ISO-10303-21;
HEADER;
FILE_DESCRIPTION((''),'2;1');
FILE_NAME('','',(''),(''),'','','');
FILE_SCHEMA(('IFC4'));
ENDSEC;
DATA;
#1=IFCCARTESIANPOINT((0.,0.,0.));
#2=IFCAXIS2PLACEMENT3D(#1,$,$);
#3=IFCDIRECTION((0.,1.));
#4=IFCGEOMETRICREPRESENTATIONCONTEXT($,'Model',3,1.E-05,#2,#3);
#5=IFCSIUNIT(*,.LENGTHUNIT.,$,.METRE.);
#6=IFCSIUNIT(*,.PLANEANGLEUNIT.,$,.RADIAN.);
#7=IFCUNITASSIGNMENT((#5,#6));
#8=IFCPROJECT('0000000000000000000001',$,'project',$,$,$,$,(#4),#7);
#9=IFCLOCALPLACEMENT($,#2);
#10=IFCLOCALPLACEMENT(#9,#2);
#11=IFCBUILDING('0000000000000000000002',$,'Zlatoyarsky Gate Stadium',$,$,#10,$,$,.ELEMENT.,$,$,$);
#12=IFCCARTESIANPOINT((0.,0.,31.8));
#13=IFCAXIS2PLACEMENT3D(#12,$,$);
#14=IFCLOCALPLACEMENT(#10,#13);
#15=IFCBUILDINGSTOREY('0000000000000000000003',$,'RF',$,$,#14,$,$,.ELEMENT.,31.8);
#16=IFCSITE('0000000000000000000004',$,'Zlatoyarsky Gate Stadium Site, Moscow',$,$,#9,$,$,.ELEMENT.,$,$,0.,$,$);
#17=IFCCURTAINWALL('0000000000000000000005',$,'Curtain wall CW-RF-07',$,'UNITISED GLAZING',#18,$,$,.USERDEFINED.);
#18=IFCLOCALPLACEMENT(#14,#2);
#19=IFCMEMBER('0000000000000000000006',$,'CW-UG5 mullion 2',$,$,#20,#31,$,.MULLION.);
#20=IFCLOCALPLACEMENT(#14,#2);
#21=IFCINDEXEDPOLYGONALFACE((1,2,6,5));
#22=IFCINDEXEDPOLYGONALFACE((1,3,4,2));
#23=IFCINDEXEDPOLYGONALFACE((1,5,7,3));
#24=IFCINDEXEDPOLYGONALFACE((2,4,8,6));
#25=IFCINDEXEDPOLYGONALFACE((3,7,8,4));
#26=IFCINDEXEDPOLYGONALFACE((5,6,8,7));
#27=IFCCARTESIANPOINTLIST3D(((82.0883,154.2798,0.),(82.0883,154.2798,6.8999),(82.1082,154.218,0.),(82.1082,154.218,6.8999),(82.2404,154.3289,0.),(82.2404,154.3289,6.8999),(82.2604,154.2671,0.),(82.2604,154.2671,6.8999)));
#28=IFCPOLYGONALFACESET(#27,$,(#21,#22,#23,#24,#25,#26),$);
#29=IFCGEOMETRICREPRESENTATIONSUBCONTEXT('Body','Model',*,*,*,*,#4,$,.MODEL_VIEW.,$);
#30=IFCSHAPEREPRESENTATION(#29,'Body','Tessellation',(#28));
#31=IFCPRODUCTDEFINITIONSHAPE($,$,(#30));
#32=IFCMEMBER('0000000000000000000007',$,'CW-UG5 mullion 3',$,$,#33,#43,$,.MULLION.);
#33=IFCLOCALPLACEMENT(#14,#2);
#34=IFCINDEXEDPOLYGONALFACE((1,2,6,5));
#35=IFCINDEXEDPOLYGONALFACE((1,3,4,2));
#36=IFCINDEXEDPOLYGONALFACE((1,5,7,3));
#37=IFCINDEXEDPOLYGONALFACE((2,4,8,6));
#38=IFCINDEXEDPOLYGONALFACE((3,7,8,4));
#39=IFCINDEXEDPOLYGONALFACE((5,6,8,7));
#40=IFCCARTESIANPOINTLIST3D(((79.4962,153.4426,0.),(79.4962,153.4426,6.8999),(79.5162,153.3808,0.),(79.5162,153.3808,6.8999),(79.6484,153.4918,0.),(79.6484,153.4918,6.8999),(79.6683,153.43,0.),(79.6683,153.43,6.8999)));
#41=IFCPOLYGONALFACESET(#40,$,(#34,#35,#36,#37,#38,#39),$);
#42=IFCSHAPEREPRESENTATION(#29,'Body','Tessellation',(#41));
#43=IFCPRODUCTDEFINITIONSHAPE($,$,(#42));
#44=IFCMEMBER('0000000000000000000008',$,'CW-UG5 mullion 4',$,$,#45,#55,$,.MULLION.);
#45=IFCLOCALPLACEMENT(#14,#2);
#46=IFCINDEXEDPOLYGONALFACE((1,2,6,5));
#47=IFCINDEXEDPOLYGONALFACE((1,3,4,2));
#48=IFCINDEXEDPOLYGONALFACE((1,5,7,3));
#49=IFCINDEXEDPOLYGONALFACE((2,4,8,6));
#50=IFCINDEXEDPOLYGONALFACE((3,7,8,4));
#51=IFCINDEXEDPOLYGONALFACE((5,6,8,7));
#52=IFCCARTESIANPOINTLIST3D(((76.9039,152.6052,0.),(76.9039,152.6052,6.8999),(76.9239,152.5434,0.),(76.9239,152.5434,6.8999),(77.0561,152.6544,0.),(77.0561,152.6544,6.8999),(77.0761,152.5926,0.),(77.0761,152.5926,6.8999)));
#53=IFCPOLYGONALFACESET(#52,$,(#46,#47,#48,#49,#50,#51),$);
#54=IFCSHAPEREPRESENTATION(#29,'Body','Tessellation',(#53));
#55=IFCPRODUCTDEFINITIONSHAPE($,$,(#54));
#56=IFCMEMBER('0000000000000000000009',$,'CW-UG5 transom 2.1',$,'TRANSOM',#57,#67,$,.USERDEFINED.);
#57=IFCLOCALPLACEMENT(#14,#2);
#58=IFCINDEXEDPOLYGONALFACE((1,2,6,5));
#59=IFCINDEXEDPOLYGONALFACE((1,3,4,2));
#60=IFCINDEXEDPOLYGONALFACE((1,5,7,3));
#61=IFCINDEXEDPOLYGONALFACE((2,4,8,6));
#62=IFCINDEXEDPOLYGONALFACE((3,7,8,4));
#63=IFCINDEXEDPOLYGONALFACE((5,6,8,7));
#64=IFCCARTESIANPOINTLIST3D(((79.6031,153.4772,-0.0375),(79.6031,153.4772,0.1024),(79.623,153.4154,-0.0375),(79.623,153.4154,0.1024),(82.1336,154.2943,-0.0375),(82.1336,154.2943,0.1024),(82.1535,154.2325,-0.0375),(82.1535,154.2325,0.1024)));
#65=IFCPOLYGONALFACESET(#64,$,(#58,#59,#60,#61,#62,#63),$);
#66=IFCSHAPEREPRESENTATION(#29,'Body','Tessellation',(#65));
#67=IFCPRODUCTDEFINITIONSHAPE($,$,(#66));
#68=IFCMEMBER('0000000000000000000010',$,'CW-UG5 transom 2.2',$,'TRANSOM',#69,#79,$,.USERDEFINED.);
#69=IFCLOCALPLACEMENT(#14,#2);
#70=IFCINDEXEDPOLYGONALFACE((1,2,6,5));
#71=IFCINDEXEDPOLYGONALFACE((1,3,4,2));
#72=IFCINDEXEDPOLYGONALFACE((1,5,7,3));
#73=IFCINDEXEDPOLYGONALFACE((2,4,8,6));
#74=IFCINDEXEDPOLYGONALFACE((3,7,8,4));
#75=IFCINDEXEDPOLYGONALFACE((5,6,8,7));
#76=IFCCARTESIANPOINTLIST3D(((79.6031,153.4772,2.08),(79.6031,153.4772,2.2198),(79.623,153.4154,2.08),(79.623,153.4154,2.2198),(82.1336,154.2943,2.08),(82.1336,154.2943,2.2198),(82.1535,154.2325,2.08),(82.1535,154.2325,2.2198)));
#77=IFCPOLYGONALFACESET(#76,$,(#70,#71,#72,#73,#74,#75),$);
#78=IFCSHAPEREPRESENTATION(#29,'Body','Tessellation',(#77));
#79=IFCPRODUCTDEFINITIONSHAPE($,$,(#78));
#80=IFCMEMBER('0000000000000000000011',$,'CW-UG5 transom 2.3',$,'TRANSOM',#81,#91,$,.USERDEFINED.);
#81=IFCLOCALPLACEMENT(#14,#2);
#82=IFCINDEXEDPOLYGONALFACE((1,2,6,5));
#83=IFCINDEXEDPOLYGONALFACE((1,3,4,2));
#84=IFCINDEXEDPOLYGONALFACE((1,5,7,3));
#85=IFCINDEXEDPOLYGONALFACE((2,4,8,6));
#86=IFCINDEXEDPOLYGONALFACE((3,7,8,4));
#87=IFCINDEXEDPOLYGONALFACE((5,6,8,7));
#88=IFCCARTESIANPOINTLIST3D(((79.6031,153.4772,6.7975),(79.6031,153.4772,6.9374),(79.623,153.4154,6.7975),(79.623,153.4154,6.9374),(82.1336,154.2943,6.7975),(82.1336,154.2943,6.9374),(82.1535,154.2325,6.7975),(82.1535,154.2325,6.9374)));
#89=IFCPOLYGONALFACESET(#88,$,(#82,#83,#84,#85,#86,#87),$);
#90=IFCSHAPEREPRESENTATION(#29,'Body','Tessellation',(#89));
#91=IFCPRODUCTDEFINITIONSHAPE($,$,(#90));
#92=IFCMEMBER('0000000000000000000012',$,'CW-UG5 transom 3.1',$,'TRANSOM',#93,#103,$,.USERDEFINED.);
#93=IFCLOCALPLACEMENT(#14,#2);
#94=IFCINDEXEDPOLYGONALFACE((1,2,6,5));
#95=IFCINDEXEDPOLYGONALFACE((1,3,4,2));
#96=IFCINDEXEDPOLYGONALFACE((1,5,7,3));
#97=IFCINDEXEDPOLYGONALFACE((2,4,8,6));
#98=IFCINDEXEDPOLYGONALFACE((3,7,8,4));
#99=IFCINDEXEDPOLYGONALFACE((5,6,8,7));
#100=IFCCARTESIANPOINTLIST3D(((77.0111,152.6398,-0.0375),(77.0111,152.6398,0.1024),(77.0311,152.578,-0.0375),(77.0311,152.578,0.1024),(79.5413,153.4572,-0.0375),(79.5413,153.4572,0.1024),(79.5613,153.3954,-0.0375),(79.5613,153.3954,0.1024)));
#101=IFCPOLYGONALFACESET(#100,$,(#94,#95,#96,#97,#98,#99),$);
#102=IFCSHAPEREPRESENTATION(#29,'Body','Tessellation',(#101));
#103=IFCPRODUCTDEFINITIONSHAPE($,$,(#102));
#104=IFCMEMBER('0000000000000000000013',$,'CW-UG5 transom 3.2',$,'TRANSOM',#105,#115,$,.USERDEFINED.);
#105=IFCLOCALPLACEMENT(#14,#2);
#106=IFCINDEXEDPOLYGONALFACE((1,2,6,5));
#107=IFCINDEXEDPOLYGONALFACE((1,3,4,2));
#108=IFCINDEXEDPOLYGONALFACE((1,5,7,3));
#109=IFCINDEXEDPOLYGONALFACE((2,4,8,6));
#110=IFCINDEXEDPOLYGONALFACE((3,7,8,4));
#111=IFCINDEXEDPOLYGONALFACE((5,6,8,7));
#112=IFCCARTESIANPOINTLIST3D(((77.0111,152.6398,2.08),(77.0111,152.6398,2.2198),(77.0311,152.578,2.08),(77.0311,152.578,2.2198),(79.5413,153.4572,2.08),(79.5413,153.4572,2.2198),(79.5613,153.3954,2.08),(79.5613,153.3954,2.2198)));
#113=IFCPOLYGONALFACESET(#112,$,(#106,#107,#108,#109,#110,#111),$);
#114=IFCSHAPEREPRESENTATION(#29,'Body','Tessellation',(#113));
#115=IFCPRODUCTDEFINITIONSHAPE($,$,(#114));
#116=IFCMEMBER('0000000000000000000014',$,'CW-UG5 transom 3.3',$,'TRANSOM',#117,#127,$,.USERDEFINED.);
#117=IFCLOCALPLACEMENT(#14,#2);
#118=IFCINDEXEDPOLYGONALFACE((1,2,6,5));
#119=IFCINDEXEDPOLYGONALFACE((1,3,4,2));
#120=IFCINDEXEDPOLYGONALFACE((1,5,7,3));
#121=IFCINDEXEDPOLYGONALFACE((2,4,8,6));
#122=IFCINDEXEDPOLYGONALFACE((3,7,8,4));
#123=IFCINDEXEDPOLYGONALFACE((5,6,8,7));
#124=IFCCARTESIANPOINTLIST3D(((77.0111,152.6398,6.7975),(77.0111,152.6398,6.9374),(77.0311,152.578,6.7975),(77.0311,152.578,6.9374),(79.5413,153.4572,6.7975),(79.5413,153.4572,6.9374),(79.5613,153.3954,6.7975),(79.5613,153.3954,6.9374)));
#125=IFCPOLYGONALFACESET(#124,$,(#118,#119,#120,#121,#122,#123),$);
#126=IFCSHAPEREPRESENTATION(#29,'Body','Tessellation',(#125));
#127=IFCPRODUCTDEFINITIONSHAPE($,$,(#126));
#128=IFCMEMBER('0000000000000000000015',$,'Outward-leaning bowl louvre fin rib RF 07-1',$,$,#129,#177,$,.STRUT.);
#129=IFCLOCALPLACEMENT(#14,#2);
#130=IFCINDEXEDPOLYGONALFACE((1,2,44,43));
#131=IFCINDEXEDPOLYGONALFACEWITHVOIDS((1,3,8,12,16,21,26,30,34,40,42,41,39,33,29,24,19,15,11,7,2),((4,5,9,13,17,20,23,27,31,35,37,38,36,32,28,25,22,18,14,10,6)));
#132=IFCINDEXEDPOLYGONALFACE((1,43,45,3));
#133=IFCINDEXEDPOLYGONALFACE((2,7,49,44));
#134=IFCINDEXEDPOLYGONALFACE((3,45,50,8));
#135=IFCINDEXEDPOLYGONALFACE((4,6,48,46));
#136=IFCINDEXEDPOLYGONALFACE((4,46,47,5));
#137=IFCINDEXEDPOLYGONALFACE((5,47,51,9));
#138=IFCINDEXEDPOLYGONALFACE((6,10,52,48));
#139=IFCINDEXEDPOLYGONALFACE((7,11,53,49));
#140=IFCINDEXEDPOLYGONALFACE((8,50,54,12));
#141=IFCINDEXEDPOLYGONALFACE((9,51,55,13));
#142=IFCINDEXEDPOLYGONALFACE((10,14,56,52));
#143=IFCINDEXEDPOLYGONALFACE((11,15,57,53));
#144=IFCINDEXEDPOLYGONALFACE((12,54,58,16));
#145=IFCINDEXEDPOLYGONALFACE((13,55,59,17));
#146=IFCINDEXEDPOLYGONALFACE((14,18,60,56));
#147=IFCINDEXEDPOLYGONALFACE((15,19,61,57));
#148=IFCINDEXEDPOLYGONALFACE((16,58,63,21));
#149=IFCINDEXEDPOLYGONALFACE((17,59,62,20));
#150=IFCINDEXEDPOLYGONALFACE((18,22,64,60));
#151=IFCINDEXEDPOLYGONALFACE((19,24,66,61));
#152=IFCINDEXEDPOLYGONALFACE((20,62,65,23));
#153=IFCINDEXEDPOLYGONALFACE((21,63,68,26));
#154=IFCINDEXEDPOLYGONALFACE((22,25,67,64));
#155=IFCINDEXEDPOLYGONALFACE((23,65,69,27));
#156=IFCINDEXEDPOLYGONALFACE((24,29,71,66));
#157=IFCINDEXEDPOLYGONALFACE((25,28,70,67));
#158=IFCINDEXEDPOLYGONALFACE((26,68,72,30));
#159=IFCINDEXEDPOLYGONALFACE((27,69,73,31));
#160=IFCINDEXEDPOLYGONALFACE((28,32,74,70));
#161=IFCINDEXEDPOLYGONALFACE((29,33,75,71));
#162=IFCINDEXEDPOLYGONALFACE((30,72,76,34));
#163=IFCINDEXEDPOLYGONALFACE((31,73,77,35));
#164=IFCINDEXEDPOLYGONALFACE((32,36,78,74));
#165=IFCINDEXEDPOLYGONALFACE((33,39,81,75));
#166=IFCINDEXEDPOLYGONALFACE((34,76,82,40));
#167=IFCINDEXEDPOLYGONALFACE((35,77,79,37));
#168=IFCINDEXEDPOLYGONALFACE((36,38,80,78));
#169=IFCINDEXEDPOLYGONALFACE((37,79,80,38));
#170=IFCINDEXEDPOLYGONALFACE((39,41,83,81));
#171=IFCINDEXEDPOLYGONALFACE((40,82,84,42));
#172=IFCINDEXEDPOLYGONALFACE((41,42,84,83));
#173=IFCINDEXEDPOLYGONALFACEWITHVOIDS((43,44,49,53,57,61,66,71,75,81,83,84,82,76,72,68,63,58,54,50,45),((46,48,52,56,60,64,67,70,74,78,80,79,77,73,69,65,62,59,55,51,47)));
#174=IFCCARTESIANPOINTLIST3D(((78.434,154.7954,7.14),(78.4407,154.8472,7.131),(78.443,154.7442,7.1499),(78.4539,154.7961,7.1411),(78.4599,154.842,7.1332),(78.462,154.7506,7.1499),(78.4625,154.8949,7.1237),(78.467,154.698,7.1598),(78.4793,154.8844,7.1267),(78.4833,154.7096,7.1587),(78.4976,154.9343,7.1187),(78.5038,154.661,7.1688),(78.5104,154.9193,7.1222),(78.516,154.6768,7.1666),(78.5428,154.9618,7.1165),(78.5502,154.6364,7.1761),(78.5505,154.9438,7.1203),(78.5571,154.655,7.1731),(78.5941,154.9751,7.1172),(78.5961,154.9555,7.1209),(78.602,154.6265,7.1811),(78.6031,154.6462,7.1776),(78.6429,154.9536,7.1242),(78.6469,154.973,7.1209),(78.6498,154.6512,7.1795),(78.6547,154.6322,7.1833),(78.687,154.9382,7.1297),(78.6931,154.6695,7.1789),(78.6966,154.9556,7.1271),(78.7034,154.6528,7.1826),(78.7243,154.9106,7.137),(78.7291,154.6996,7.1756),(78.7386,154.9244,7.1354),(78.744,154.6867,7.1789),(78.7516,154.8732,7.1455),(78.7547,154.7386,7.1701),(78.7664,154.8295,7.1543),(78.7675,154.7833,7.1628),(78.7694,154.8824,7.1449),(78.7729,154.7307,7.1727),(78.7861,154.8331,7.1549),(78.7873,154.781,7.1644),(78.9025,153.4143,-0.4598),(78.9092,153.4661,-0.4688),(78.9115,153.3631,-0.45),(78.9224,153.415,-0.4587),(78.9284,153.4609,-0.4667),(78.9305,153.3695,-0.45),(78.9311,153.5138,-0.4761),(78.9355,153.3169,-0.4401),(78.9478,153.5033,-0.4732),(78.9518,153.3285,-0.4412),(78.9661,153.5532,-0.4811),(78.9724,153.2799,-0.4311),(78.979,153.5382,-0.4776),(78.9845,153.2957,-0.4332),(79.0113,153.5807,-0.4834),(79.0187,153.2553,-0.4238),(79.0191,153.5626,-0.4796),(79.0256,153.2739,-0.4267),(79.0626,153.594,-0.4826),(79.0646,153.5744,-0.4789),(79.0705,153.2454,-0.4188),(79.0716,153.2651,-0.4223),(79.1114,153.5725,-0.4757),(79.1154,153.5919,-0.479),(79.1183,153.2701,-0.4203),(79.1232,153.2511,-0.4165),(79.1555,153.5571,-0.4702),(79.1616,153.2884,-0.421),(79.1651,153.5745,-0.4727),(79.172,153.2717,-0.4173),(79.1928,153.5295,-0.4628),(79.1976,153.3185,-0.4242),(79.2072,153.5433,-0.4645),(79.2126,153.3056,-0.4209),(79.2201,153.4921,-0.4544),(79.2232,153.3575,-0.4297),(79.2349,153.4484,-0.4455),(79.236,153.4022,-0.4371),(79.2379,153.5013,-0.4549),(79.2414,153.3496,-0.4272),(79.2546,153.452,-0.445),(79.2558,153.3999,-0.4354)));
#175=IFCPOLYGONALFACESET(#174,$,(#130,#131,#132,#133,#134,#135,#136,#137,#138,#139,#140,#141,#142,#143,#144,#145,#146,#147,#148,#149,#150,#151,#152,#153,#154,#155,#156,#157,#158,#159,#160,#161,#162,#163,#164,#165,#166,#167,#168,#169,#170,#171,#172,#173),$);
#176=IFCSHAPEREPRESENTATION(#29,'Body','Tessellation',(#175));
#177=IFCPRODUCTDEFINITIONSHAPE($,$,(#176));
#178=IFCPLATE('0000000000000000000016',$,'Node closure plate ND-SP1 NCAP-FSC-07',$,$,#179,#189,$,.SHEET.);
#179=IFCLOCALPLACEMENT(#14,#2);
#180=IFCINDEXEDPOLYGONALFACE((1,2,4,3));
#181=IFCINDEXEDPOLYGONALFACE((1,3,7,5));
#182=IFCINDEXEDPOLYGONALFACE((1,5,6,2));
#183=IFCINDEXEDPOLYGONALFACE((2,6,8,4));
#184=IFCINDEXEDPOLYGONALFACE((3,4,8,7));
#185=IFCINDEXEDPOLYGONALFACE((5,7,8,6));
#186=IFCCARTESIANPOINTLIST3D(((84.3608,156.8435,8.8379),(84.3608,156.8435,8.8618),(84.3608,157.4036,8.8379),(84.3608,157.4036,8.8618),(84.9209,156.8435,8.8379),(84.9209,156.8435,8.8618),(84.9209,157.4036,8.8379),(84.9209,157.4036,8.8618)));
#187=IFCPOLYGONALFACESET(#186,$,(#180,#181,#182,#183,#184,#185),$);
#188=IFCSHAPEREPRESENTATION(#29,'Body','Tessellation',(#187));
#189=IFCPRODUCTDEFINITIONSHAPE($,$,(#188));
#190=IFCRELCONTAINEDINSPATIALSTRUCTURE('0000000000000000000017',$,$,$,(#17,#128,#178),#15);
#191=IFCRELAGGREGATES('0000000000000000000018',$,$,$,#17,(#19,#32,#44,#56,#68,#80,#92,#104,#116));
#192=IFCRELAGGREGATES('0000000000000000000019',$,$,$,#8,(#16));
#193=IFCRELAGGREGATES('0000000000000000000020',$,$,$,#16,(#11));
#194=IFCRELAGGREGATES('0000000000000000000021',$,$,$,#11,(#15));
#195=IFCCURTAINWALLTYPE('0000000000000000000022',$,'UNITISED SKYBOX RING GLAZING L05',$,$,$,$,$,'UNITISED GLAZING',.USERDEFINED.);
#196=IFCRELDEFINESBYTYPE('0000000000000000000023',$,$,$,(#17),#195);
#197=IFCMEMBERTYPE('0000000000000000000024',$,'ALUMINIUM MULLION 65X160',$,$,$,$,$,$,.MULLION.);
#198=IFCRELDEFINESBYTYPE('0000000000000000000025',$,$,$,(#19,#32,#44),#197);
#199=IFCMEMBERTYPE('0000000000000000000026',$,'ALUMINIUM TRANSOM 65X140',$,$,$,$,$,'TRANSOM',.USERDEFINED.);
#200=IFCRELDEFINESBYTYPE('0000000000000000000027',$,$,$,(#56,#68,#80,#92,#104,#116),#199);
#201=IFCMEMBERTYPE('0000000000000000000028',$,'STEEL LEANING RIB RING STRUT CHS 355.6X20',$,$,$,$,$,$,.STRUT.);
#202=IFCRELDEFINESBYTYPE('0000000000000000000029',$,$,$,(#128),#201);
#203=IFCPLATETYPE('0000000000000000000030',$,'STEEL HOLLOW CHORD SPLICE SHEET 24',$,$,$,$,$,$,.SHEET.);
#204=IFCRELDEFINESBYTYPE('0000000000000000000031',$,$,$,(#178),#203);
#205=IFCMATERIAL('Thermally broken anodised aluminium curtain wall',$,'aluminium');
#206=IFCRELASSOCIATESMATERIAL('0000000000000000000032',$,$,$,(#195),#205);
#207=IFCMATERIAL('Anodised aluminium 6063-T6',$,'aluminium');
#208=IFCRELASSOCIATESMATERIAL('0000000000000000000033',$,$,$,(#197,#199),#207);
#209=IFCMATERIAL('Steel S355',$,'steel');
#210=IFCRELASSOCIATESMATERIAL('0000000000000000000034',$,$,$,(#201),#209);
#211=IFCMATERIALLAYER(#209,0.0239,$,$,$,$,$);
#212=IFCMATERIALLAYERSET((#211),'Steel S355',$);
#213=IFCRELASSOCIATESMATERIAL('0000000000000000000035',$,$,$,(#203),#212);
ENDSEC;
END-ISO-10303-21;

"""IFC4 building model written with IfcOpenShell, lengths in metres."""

from ifc_helpers import new_model, si_unit, direction, frame, origin, origin_2d, place, context, subcontext, project, spatial, rectangle, hollow_circle, extrude, material, layer, layer_set, material_profile, profile_set, type_object, element, aggregate, save


model = new_model("IFC4")

# Units and contexts
model_context = context("Model", 3, precision=1e-05, world=origin(), true_north=direction((0.0, 1.0)))
body_context = subcontext(model_context, "Body", "Model", "MODEL_VIEW")
ifc_project = project(units=[si_unit("LENGTHUNIT", "METRE"), si_unit("PLANEANGLEUNIT", "RADIAN")], contexts=[model_context])

# Site, building, storey
site_placement = place(None, origin())
site = spatial("IfcSite", under=ifc_project, at=site_placement, Name="Zlatoyarsky Gate Stadium Site, Moscow", CompositionType="ELEMENT", RefElevation=0.0)
building_placement = place(site_placement, origin())
building = spatial("IfcBuilding", under=site, at=building_placement, Name="Zlatoyarsky Gate Stadium", CompositionType="ELEMENT")
storey_placement = place(building_placement, frame((0.0, 0.0, 31.8)))
storey = spatial("IfcBuildingStorey", under=building, at=storey_placement, Name="RF", CompositionType="ELEMENT", Elevation=31.8)

# Curtain wall, members
ifc_material_1 = material(Name="Thermally broken anodised aluminium curtain wall", Category="aluminium")
curtain_wall_type = type_object("IfcCurtainWallType", Name="UNITISED SKYBOX RING GLAZING L05", ElementType="UNITISED GLAZING", PredefinedType="USERDEFINED", material=ifc_material_1)
curtain_wall_placement = place(storey_placement, origin())
curtain_wall = element("IfcCurtainWall", 1, at=curtain_wall_placement, inside=storey, type_object=curtain_wall_type, Name="Curtain wall CW-RF-07", ObjectType="UNITISED GLAZING", PredefinedType="USERDEFINED")
ifc_material_2 = material(Name="Anodised aluminium 6063-T6", Category="aluminium")
ifc_material_profile_1 = material_profile(ifc_material_2, rectangle(XDim=0.0649, YDim=0.1599, at=origin_2d()), Name="ALU 65X160")
ifc_profile_set_1 = profile_set([ifc_material_profile_1], Name="Anodised aluminium 6063-T6")
member_type_1 = type_object("IfcMemberType", Name="ALUMINIUM MULLION 65X160", PredefinedType="MULLION", material=ifc_profile_set_1)
member_1_placement = place(storey_placement, frame((82.1743, 154.2734, 0.0), z_axis=(0.0, 0.0, 1.0), x_axis=(0.307352, -0.951596, 0.0)))
member_1 = element("IfcMember", 2, at=member_1_placement, type_object=member_type_1, Name="CW-UG5 mullion 2", PredefinedType="MULLION", context=body_context, shape_type="SweptSolid", body=[
    extrude(rectangle(XDim=0.0649, YDim=0.1599, at=origin_2d()), origin(), (0.0, 0.0, 1.0), 6.8999),
])
member_2_placement = place(storey_placement, frame((79.5823, 153.4363, 0.0), z_axis=(0.0, 0.0, 1.0), x_axis=(0.307352, -0.951596, 0.0)))
member_2 = element("IfcMember", 3, at=member_2_placement, type_object=member_type_1, Name="CW-UG5 mullion 3", PredefinedType="MULLION", context=body_context, shape_type="SweptSolid", body=[
    extrude(rectangle(XDim=0.0649, YDim=0.1599, at=origin_2d()), origin(), (0.0, 0.0, 1.0), 6.8999),
])
member_3_placement = place(storey_placement, frame((76.99, 152.5989, 0.0), z_axis=(0.0, 0.0, 1.0), x_axis=(0.307352, -0.951596, 0.0)))
member_3 = element("IfcMember", 4, at=member_3_placement, type_object=member_type_1, Name="CW-UG5 mullion 4", PredefinedType="MULLION", context=body_context, shape_type="SweptSolid", body=[
    extrude(rectangle(XDim=0.0649, YDim=0.1599, at=origin_2d()), origin(), (0.0, 0.0, 1.0), 6.8999),
])
ifc_material_profile_2 = material_profile(ifc_material_2, rectangle(XDim=0.0649, YDim=0.1399, at=origin_2d()), Name="ALU 65X140")
ifc_profile_set_2 = profile_set([ifc_material_profile_2], Name="Anodised aluminium 6063-T6")
member_type_2 = type_object("IfcMemberType", Name="ALUMINIUM TRANSOM 65X140", ElementType="TRANSOM", PredefinedType="USERDEFINED", material=ifc_profile_set_2)
member_4_placement = place(storey_placement, frame((82.1436, 154.2634, 0.0325), z_axis=(-0.951616, -0.30729, 0.0), x_axis=(0.30729, -0.951616, 0.0)))
member_4 = element("IfcMember", 5, at=member_4_placement, type_object=member_type_2, Name="CW-UG5 transom 2.1", ObjectType="TRANSOM", PredefinedType="USERDEFINED", context=body_context, shape_type="SweptSolid", body=[
    extrude(rectangle(XDim=0.0649, YDim=0.1399, at=origin_2d()), origin(), (0.0, 0.0, 1.0), 2.6592),
])
member_5_placement = place(storey_placement, frame((82.1436, 154.2634, 2.1499), z_axis=(-0.951616, -0.30729, 0.0), x_axis=(0.30729, -0.951616, 0.0)))
member_5 = element("IfcMember", 6, at=member_5_placement, type_object=member_type_2, Name="CW-UG5 transom 2.2", ObjectType="TRANSOM", PredefinedType="USERDEFINED", context=body_context, shape_type="SweptSolid", body=[
    extrude(rectangle(XDim=0.0649, YDim=0.1399, at=origin_2d()), origin(), (0.0, 0.0, 1.0), 2.6592),
])
member_6_placement = place(storey_placement, frame((82.1436, 154.2634, 6.8674), z_axis=(-0.951616, -0.30729, 0.0), x_axis=(0.30729, -0.951616, 0.0)))
member_6 = element("IfcMember", 7, at=member_6_placement, type_object=member_type_2, Name="CW-UG5 transom 2.3", ObjectType="TRANSOM", PredefinedType="USERDEFINED", context=body_context, shape_type="SweptSolid", body=[
    extrude(rectangle(XDim=0.0649, YDim=0.1399, at=origin_2d()), origin(), (0.0, 0.0, 1.0), 2.6592),
])
member_7_placement = place(storey_placement, frame((79.5513, 153.4263, 0.0325), z_axis=(-0.95158, -0.3074, 0.0), x_axis=(0.3074, -0.95158, 0.0)))
member_7 = element("IfcMember", 8, at=member_7_placement, type_object=member_type_2, Name="CW-UG5 transom 3.1", ObjectType="TRANSOM", PredefinedType="USERDEFINED", context=body_context, shape_type="SweptSolid", body=[
    extrude(rectangle(XDim=0.0649, YDim=0.1399, at=origin_2d()), origin(), (0.0, 0.0, 1.0), 2.6589),
])
member_8_placement = place(storey_placement, frame((79.5513, 153.4263, 2.1499), z_axis=(-0.95158, -0.3074, 0.0), x_axis=(0.3074, -0.95158, 0.0)))
member_8 = element("IfcMember", 9, at=member_8_placement, type_object=member_type_2, Name="CW-UG5 transom 3.2", ObjectType="TRANSOM", PredefinedType="USERDEFINED", context=body_context, shape_type="SweptSolid", body=[
    extrude(rectangle(XDim=0.0649, YDim=0.1399, at=origin_2d()), origin(), (0.0, 0.0, 1.0), 2.6589),
])
member_9_placement = place(storey_placement, frame((79.5513, 153.4263, 6.8674), z_axis=(-0.95158, -0.3074, 0.0), x_axis=(0.3074, -0.95158, 0.0)))
member_9 = element("IfcMember", 10, at=member_9_placement, type_object=member_type_2, Name="CW-UG5 transom 3.3", ObjectType="TRANSOM", PredefinedType="USERDEFINED", context=body_context, shape_type="SweptSolid", body=[
    extrude(rectangle(XDim=0.0649, YDim=0.1399, at=origin_2d()), origin(), (0.0, 0.0, 1.0), 2.6589),
])

# Member
ifc_material_3 = material(Name="Steel S355", Category="steel")
ifc_material_profile_3 = material_profile(ifc_material_3, hollow_circle(Radius=0.1777, WallThickness=0.02, at=origin_2d()), Name="CHS 355.6X20")
ifc_profile_set_3 = profile_set([ifc_material_profile_3], Name="Steel S355")
member_type_3 = type_object("IfcMemberType", Name="STEEL LEANING RIB RING STRUT CHS 355.6X20", PredefinedType="STRUT", material=ifc_profile_set_3)
member_10_placement = place(storey_placement, frame((79.0798, 153.4202, -0.45), z_axis=(-0.060542, 0.178471, 0.982081), x_axis=(-0.946996, -0.321245, 0.0)))
element("IfcMember", 11, at=member_10_placement, inside=storey, type_object=member_type_3, Name="Outward-leaning bowl louvre fin rib RF 07-1", PredefinedType="STRUT", context=body_context, shape_type="SweptSolid", body=[
    extrude(hollow_circle(Radius=0.1777, WallThickness=0.02, at=origin_2d()), origin(), (0.0, 0.0, 1.0), 7.7385),
])

# Plate
ifc_layer_1 = layer(ifc_material_3, 0.0239)
ifc_layer_set_1 = layer_set([ifc_layer_1], Name="Steel S355")
plate_type_1 = type_object("IfcPlateType", Name="STEEL HOLLOW CHORD SPLICE SHEET 24", PredefinedType="SHEET", material=ifc_layer_set_1)
plate_1_placement = place(storey_placement, frame((84.6409, 157.1235, 8.8379), z_axis=(0.0, 0.0, 1.0), x_axis=(1.0, 0.0, 0.0)))
element("IfcPlate", 12, at=plate_1_placement, inside=storey, type_object=plate_type_1, Name="Node closure plate ND-SP1 NCAP-FSC-07", PredefinedType="SHEET", context=body_context, shape_type="SweptSolid", body=[
    extrude(rectangle(XDim=0.5601, YDim=0.5601, at=origin_2d()), origin(), (0.0, 0.0, 1.0), 0.0239),
])

aggregate(curtain_wall, [member_1, member_2, member_3, member_4, member_5, member_6, member_7, member_8, member_9])

save(model, "model.ifc")
